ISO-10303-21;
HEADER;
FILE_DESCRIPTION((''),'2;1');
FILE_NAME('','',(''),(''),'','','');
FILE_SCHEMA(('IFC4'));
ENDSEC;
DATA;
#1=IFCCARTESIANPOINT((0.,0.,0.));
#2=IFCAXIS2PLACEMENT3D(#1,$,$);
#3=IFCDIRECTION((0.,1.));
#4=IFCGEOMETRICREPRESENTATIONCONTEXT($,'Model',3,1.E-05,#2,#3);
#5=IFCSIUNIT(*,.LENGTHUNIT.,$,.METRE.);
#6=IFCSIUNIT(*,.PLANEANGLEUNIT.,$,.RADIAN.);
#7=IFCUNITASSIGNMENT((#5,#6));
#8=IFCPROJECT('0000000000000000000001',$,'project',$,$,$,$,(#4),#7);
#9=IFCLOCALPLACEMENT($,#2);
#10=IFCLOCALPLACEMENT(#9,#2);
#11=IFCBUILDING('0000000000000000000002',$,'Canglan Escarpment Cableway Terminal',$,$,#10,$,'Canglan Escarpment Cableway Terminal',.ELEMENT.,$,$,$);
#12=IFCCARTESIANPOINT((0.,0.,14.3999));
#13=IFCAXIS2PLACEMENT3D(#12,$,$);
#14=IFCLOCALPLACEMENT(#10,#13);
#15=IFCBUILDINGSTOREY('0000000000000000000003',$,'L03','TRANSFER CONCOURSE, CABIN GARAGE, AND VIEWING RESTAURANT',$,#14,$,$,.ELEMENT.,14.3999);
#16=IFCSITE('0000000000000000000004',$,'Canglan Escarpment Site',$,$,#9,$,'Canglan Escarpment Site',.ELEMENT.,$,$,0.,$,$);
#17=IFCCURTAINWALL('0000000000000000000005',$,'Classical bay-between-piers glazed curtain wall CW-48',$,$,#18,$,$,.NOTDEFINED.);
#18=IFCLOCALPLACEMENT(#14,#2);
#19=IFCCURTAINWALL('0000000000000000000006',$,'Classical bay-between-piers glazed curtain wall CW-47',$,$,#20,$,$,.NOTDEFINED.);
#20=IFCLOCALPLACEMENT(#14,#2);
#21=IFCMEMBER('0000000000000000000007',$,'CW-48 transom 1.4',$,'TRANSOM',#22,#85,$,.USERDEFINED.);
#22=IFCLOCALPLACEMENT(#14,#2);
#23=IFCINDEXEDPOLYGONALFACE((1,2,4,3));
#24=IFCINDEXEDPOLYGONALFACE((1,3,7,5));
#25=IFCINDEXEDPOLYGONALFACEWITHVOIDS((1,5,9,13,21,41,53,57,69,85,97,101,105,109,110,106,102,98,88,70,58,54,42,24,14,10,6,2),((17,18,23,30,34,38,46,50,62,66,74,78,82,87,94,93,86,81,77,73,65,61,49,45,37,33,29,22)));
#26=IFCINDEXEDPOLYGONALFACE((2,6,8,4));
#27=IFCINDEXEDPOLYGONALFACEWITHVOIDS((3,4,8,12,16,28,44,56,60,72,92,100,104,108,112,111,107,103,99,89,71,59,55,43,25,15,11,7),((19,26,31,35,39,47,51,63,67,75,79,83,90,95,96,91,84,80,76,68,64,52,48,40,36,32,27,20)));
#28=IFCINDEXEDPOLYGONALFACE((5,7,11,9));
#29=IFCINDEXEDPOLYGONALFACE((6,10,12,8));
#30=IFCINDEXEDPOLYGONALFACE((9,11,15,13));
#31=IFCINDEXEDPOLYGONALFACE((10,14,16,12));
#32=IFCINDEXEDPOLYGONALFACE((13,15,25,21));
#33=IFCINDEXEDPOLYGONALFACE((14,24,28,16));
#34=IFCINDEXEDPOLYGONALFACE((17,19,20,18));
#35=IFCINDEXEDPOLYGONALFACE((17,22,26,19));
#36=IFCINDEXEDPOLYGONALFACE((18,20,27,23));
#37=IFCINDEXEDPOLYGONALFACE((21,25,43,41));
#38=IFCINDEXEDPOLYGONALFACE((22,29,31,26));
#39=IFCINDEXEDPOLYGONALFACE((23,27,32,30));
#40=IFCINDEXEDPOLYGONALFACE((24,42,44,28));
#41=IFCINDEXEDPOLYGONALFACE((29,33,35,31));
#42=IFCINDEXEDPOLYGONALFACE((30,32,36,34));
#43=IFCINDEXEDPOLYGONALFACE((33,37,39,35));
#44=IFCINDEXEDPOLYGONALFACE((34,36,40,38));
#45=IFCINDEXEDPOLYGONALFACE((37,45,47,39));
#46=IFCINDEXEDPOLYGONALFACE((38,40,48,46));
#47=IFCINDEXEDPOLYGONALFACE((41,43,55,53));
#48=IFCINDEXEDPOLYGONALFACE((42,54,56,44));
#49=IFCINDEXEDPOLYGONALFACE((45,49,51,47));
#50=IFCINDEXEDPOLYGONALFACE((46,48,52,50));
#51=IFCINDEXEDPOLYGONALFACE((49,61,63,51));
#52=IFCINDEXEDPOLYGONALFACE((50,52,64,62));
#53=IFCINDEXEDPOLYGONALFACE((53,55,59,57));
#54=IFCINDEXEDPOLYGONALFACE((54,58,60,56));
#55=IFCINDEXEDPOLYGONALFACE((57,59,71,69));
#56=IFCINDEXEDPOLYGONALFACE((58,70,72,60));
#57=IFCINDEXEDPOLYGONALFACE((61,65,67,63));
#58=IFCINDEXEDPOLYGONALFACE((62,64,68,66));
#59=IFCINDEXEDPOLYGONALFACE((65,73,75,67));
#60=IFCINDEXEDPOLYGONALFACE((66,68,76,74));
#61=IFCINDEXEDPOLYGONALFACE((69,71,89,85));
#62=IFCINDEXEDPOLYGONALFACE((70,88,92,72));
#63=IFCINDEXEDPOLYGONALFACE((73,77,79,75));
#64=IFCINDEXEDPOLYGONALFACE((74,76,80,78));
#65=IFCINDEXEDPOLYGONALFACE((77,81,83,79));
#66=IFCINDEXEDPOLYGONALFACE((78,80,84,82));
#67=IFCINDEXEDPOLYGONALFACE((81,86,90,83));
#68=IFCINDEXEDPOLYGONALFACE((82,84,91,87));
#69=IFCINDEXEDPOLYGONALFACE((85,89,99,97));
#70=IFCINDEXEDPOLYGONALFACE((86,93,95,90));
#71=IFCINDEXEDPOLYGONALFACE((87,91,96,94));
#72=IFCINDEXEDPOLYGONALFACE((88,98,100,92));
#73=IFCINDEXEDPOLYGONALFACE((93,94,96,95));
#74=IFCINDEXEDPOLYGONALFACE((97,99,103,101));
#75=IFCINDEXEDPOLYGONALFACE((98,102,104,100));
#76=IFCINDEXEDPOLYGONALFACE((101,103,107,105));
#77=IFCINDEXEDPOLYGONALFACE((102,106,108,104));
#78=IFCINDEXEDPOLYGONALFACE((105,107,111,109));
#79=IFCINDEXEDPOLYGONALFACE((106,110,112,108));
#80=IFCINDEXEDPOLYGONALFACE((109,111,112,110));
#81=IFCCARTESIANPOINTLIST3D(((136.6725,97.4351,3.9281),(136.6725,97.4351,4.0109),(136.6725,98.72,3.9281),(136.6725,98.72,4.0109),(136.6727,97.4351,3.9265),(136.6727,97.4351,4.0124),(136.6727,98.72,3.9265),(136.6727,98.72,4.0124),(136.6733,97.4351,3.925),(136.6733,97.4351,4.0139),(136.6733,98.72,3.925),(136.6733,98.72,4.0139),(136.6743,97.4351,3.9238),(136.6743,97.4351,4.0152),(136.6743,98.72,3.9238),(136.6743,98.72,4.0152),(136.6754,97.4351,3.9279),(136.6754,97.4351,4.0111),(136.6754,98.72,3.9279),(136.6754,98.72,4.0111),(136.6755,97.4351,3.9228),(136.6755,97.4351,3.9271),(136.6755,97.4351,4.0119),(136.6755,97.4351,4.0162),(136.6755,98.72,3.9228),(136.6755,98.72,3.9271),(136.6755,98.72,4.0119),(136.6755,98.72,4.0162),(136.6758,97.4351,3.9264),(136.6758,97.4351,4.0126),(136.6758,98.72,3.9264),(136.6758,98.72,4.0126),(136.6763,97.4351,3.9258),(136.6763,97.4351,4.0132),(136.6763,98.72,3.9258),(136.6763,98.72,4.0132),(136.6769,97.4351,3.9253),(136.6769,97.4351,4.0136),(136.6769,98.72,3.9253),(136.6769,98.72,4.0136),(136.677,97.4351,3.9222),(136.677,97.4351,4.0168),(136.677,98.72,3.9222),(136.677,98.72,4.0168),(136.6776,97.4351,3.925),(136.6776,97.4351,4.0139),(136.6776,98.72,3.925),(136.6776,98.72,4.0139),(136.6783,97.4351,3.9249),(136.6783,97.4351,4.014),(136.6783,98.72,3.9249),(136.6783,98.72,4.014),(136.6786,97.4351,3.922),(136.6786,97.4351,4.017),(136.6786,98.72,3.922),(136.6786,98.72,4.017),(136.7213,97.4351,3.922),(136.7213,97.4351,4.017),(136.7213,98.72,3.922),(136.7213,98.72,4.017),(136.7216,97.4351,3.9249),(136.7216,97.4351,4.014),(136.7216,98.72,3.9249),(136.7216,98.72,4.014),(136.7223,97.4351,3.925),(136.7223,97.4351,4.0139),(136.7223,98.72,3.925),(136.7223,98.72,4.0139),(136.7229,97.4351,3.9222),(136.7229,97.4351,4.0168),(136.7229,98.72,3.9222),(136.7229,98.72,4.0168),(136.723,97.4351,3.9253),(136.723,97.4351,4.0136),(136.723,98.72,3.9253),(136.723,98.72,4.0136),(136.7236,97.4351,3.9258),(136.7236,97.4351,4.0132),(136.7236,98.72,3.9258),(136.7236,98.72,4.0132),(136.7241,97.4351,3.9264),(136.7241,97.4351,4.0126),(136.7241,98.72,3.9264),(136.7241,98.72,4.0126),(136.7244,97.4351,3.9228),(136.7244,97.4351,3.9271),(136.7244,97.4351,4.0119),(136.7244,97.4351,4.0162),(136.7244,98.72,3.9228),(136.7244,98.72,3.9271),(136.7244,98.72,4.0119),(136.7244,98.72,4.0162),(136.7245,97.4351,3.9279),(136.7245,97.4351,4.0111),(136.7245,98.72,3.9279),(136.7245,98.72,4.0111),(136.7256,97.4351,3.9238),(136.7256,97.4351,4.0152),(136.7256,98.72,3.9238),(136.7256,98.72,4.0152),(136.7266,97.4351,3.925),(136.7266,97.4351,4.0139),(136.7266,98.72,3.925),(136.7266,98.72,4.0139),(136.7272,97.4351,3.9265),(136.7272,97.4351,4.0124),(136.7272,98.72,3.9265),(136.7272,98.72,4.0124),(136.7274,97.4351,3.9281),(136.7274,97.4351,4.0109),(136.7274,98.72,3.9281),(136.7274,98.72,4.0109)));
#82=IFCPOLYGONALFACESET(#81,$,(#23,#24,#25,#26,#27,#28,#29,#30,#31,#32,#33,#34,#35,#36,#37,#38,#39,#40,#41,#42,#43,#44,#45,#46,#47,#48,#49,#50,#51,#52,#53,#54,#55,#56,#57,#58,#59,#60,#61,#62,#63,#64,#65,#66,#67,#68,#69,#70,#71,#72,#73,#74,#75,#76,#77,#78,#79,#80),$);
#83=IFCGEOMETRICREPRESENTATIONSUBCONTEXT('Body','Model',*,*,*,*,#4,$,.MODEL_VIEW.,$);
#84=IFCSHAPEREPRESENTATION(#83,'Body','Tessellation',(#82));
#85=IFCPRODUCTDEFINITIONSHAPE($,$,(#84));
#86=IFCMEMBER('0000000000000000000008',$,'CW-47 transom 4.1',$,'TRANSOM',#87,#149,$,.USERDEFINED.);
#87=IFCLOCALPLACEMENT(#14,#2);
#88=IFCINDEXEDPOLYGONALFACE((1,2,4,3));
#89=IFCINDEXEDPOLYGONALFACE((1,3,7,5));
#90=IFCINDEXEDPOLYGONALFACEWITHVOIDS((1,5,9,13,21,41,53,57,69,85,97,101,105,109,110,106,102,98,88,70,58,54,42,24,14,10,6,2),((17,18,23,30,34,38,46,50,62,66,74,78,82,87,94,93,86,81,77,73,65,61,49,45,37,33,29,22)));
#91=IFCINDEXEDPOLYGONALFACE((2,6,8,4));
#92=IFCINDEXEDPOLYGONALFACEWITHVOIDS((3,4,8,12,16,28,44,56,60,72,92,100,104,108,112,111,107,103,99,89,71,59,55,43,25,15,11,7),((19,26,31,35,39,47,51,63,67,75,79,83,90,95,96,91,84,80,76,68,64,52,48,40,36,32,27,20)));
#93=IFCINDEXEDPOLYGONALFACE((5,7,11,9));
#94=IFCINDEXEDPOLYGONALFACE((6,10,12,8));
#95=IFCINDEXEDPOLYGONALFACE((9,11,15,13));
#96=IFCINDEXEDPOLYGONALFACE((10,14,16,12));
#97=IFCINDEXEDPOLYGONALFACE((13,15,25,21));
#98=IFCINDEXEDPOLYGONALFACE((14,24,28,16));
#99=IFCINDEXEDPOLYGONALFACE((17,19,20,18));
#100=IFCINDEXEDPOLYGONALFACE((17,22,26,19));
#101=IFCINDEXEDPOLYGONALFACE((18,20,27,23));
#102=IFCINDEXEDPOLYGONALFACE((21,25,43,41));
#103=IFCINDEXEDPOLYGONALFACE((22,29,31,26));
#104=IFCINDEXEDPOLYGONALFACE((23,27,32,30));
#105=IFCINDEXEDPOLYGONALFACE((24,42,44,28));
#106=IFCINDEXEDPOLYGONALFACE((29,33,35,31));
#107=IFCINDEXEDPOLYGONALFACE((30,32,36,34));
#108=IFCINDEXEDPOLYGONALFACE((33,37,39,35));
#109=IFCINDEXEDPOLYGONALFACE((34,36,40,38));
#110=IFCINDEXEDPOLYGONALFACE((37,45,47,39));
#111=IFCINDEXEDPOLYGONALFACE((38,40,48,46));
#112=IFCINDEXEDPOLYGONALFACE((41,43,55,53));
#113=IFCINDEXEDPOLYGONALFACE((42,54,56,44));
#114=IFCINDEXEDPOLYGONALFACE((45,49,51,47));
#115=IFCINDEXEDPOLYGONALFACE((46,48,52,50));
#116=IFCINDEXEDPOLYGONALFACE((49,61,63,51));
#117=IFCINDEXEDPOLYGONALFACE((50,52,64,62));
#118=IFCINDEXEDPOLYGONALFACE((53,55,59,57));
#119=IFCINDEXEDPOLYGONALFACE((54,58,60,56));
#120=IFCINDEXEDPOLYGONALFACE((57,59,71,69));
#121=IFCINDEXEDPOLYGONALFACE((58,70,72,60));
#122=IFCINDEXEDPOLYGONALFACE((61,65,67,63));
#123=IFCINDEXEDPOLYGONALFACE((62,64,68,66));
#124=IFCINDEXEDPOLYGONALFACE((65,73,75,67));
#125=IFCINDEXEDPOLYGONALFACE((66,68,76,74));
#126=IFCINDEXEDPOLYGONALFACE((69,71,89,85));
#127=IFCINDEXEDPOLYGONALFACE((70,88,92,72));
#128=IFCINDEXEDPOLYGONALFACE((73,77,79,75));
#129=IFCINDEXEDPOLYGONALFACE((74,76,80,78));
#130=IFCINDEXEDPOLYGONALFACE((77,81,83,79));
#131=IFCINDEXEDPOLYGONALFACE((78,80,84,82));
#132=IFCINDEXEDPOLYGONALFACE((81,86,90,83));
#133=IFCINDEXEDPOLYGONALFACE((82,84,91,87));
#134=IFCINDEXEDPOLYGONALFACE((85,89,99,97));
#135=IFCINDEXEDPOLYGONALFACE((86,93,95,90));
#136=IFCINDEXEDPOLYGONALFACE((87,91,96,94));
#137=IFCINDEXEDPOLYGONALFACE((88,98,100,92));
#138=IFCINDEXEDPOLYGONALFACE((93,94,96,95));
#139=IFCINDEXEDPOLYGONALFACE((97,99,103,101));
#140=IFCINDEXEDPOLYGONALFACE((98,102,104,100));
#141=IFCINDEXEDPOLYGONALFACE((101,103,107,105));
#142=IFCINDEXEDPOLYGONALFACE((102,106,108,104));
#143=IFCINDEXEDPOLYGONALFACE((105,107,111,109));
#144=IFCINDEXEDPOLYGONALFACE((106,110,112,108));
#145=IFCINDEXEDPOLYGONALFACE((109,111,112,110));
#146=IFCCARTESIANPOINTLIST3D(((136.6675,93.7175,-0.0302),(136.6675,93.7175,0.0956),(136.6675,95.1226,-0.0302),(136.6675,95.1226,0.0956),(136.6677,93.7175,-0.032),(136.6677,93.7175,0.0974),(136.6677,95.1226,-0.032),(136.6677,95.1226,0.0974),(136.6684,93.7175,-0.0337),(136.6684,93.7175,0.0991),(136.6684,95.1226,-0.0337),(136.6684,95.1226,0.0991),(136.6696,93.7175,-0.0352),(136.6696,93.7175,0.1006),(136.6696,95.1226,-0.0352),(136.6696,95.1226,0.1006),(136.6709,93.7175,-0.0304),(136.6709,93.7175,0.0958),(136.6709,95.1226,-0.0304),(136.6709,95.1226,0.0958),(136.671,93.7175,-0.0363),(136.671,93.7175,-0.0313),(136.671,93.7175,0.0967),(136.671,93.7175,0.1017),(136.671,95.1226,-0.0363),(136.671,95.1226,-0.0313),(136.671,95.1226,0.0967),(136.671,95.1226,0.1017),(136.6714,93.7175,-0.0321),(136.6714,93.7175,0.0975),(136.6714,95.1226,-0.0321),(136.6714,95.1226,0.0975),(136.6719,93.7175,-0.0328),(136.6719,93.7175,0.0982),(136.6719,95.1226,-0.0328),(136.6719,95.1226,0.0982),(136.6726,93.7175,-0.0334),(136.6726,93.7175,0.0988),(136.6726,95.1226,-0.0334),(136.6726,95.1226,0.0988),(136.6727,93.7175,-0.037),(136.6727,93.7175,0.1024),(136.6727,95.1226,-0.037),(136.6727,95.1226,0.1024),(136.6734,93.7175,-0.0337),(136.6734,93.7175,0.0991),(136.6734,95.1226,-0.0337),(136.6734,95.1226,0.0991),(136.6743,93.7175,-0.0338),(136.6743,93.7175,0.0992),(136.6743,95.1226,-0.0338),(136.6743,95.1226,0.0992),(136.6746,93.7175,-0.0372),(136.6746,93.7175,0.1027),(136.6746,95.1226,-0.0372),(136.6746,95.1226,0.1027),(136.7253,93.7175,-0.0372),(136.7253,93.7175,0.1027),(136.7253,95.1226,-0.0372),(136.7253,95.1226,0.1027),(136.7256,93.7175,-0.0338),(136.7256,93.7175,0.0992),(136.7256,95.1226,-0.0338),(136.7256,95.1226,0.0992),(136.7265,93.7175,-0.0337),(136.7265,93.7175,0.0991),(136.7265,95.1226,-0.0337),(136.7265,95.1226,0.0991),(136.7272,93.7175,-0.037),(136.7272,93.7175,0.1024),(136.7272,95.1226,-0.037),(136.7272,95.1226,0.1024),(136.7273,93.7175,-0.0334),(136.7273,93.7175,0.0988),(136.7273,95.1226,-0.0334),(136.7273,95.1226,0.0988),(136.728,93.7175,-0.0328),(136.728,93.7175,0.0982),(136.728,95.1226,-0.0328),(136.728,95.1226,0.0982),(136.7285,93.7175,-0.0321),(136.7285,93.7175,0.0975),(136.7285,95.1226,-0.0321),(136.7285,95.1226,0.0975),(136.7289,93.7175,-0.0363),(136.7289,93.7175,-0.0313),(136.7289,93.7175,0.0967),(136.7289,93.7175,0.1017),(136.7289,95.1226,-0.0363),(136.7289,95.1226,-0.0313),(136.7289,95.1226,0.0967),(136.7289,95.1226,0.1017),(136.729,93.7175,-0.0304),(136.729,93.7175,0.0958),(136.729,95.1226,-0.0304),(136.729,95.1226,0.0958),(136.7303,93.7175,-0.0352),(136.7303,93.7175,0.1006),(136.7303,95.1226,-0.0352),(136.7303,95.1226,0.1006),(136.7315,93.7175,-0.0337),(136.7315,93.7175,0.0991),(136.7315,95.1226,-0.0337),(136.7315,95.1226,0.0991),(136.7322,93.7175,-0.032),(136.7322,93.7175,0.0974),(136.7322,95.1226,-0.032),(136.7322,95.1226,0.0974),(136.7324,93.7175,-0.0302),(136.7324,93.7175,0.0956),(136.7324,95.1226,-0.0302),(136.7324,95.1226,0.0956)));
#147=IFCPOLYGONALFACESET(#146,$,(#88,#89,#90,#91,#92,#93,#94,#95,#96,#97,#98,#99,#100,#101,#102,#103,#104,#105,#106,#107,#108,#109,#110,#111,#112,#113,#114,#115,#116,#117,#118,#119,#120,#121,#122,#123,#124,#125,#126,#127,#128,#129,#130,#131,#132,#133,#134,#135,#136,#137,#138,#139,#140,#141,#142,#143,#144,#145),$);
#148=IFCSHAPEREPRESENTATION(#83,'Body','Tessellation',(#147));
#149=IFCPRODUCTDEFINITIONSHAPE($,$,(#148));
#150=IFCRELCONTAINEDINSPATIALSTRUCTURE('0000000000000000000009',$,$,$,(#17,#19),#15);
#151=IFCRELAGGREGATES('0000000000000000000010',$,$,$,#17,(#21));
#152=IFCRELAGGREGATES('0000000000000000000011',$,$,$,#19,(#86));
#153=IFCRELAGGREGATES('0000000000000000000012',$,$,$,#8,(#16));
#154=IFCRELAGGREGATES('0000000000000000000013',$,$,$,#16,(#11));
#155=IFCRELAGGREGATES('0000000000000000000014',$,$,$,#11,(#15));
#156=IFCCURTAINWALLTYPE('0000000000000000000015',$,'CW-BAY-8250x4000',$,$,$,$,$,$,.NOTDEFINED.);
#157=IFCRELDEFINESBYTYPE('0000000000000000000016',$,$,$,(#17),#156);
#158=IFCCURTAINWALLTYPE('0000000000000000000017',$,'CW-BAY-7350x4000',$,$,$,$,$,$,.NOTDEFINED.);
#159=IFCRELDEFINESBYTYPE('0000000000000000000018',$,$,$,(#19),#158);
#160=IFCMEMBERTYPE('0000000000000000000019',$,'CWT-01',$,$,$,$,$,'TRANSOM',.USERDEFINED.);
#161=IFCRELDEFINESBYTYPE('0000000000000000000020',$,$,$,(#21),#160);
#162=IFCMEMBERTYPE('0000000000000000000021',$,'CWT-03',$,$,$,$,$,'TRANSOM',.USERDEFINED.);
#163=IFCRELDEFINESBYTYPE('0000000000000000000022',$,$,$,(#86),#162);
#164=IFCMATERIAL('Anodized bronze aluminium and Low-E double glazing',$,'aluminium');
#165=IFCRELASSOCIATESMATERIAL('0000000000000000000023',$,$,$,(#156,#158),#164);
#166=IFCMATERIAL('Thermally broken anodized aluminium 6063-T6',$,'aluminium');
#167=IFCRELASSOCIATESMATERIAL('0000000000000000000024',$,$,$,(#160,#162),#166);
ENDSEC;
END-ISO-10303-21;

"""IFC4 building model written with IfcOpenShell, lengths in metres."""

from ifc_helpers import new_model, si_unit, direction, frame, origin, origin_2d, place, context, subcontext, project, spatial, hollow_rectangle, extrude, material, material_profile, profile_set, type_object, element, aggregate, save


model = new_model("IFC4")

# Units and contexts
model_context = context("Model", 3, precision=1e-05, world=origin(), true_north=direction((0.0, 1.0)))
body_context = subcontext(model_context, "Body", "Model", "MODEL_VIEW")
ifc_project = project(units=[si_unit("LENGTHUNIT", "METRE"), si_unit("PLANEANGLEUNIT", "RADIAN")], contexts=[model_context])

# Site, building, storey
site_placement = place(None, origin())
site = spatial("IfcSite", under=ifc_project, at=site_placement, Name="Canglan Escarpment Site", LongName="Canglan Escarpment Site", CompositionType="ELEMENT", RefElevation=0.0)
building_placement = place(site_placement, origin())
building = spatial("IfcBuilding", under=site, at=building_placement, Name="Canglan Escarpment Cableway Terminal", LongName="Canglan Escarpment Cableway Terminal", CompositionType="ELEMENT")
storey_placement = place(building_placement, frame((0.0, 0.0, 14.3999)))
storey = spatial("IfcBuildingStorey", under=building, at=storey_placement, Name="L03", Description="TRANSFER CONCOURSE, CABIN GARAGE, AND VIEWING RESTAURANT", CompositionType="ELEMENT", Elevation=14.3999)

# Curtain wall
ifc_material_1 = material(Name="Anodized bronze aluminium and Low-E double glazing", Category="aluminium")
curtain_wall_type_1 = type_object("IfcCurtainWallType", Name="CW-BAY-8250x4000", PredefinedType="NOTDEFINED", material=ifc_material_1)
curtain_wall_1_placement = place(storey_placement, origin())
curtain_wall_1 = element("IfcCurtainWall", 1, at=curtain_wall_1_placement, inside=storey, type_object=curtain_wall_type_1, Name="Classical bay-between-piers glazed curtain wall CW-48", PredefinedType="NOTDEFINED")
ifc_material_2 = material(Name="Thermally broken anodized aluminium 6063-T6", Category="aluminium")

# Curtain wall
curtain_wall_type_2 = type_object("IfcCurtainWallType", Name="CW-BAY-7350x4000", PredefinedType="NOTDEFINED", material=ifc_material_1)
curtain_wall_2_placement = place(storey_placement, origin())
curtain_wall_2 = element("IfcCurtainWall", 2, at=curtain_wall_2_placement, inside=storey, type_object=curtain_wall_type_2, Name="Classical bay-between-piers glazed curtain wall CW-47", PredefinedType="NOTDEFINED")

# Members
ifc_material_profile_1 = material_profile(ifc_material_2, hollow_rectangle(XDim=0.0549, YDim=0.095, WallThickness=0.0029, InnerFilletRadius=0.0029, OuterFilletRadius=0.0061, at=origin_2d()), Name="ALU-TRAN 55x95x3")
ifc_profile_set_1 = profile_set([ifc_material_profile_1], Name="Thermally broken anodized aluminium 6063-T6")
member_type_1 = type_object("IfcMemberType", Name="CWT-01", ElementType="TRANSOM", PredefinedType="USERDEFINED", material=ifc_profile_set_1)
member_1_placement = place(storey_placement, frame((136.7, 97.4351, 3.9695), z_axis=(0.0, 1.0, 0.0), x_axis=(-1.0, 0.0, 0.0)))
member_1 = element("IfcMember", 3, at=member_1_placement, type_object=member_type_1, Name="CW-48 transom 1.4", ObjectType="TRANSOM", PredefinedType="USERDEFINED", context=body_context, shape_type="SweptSolid", body=[
    extrude(hollow_rectangle(XDim=0.0549, YDim=0.095, WallThickness=0.0029, InnerFilletRadius=0.0029, OuterFilletRadius=0.0061, at=origin_2d()), origin(), (0.0, 0.0, 1.0), 1.2849),
])
aggregate(curtain_wall_1, [member_1])
ifc_material_profile_2 = material_profile(ifc_material_2, hollow_rectangle(XDim=0.0649, YDim=0.1399, WallThickness=0.0034, InnerFilletRadius=0.0034, OuterFilletRadius=0.0071, at=origin_2d()), Name="ALU-TRAN 65x140x3.5")
ifc_profile_set_2 = profile_set([ifc_material_profile_2], Name="Thermally broken anodized aluminium 6063-T6")
member_type_2 = type_object("IfcMemberType", Name="CWT-03", ElementType="TRANSOM", PredefinedType="USERDEFINED", material=ifc_profile_set_2)
member_2_placement = place(storey_placement, frame((136.7, 93.7175, 0.0327), z_axis=(0.0, 1.0, 0.0), x_axis=(-1.0, 0.0, 0.0)))
member_2 = element("IfcMember", 4, at=member_2_placement, type_object=member_type_2, Name="CW-47 transom 4.1", ObjectType="TRANSOM", PredefinedType="USERDEFINED", context=body_context, shape_type="SweptSolid", body=[
    extrude(hollow_rectangle(XDim=0.0649, YDim=0.1399, WallThickness=0.0034, InnerFilletRadius=0.0034, OuterFilletRadius=0.0071, at=origin_2d()), origin(), (0.0, 0.0, 1.0), 1.405),
])

aggregate(curtain_wall_2, [member_2])

save(model, "model.ifc")
